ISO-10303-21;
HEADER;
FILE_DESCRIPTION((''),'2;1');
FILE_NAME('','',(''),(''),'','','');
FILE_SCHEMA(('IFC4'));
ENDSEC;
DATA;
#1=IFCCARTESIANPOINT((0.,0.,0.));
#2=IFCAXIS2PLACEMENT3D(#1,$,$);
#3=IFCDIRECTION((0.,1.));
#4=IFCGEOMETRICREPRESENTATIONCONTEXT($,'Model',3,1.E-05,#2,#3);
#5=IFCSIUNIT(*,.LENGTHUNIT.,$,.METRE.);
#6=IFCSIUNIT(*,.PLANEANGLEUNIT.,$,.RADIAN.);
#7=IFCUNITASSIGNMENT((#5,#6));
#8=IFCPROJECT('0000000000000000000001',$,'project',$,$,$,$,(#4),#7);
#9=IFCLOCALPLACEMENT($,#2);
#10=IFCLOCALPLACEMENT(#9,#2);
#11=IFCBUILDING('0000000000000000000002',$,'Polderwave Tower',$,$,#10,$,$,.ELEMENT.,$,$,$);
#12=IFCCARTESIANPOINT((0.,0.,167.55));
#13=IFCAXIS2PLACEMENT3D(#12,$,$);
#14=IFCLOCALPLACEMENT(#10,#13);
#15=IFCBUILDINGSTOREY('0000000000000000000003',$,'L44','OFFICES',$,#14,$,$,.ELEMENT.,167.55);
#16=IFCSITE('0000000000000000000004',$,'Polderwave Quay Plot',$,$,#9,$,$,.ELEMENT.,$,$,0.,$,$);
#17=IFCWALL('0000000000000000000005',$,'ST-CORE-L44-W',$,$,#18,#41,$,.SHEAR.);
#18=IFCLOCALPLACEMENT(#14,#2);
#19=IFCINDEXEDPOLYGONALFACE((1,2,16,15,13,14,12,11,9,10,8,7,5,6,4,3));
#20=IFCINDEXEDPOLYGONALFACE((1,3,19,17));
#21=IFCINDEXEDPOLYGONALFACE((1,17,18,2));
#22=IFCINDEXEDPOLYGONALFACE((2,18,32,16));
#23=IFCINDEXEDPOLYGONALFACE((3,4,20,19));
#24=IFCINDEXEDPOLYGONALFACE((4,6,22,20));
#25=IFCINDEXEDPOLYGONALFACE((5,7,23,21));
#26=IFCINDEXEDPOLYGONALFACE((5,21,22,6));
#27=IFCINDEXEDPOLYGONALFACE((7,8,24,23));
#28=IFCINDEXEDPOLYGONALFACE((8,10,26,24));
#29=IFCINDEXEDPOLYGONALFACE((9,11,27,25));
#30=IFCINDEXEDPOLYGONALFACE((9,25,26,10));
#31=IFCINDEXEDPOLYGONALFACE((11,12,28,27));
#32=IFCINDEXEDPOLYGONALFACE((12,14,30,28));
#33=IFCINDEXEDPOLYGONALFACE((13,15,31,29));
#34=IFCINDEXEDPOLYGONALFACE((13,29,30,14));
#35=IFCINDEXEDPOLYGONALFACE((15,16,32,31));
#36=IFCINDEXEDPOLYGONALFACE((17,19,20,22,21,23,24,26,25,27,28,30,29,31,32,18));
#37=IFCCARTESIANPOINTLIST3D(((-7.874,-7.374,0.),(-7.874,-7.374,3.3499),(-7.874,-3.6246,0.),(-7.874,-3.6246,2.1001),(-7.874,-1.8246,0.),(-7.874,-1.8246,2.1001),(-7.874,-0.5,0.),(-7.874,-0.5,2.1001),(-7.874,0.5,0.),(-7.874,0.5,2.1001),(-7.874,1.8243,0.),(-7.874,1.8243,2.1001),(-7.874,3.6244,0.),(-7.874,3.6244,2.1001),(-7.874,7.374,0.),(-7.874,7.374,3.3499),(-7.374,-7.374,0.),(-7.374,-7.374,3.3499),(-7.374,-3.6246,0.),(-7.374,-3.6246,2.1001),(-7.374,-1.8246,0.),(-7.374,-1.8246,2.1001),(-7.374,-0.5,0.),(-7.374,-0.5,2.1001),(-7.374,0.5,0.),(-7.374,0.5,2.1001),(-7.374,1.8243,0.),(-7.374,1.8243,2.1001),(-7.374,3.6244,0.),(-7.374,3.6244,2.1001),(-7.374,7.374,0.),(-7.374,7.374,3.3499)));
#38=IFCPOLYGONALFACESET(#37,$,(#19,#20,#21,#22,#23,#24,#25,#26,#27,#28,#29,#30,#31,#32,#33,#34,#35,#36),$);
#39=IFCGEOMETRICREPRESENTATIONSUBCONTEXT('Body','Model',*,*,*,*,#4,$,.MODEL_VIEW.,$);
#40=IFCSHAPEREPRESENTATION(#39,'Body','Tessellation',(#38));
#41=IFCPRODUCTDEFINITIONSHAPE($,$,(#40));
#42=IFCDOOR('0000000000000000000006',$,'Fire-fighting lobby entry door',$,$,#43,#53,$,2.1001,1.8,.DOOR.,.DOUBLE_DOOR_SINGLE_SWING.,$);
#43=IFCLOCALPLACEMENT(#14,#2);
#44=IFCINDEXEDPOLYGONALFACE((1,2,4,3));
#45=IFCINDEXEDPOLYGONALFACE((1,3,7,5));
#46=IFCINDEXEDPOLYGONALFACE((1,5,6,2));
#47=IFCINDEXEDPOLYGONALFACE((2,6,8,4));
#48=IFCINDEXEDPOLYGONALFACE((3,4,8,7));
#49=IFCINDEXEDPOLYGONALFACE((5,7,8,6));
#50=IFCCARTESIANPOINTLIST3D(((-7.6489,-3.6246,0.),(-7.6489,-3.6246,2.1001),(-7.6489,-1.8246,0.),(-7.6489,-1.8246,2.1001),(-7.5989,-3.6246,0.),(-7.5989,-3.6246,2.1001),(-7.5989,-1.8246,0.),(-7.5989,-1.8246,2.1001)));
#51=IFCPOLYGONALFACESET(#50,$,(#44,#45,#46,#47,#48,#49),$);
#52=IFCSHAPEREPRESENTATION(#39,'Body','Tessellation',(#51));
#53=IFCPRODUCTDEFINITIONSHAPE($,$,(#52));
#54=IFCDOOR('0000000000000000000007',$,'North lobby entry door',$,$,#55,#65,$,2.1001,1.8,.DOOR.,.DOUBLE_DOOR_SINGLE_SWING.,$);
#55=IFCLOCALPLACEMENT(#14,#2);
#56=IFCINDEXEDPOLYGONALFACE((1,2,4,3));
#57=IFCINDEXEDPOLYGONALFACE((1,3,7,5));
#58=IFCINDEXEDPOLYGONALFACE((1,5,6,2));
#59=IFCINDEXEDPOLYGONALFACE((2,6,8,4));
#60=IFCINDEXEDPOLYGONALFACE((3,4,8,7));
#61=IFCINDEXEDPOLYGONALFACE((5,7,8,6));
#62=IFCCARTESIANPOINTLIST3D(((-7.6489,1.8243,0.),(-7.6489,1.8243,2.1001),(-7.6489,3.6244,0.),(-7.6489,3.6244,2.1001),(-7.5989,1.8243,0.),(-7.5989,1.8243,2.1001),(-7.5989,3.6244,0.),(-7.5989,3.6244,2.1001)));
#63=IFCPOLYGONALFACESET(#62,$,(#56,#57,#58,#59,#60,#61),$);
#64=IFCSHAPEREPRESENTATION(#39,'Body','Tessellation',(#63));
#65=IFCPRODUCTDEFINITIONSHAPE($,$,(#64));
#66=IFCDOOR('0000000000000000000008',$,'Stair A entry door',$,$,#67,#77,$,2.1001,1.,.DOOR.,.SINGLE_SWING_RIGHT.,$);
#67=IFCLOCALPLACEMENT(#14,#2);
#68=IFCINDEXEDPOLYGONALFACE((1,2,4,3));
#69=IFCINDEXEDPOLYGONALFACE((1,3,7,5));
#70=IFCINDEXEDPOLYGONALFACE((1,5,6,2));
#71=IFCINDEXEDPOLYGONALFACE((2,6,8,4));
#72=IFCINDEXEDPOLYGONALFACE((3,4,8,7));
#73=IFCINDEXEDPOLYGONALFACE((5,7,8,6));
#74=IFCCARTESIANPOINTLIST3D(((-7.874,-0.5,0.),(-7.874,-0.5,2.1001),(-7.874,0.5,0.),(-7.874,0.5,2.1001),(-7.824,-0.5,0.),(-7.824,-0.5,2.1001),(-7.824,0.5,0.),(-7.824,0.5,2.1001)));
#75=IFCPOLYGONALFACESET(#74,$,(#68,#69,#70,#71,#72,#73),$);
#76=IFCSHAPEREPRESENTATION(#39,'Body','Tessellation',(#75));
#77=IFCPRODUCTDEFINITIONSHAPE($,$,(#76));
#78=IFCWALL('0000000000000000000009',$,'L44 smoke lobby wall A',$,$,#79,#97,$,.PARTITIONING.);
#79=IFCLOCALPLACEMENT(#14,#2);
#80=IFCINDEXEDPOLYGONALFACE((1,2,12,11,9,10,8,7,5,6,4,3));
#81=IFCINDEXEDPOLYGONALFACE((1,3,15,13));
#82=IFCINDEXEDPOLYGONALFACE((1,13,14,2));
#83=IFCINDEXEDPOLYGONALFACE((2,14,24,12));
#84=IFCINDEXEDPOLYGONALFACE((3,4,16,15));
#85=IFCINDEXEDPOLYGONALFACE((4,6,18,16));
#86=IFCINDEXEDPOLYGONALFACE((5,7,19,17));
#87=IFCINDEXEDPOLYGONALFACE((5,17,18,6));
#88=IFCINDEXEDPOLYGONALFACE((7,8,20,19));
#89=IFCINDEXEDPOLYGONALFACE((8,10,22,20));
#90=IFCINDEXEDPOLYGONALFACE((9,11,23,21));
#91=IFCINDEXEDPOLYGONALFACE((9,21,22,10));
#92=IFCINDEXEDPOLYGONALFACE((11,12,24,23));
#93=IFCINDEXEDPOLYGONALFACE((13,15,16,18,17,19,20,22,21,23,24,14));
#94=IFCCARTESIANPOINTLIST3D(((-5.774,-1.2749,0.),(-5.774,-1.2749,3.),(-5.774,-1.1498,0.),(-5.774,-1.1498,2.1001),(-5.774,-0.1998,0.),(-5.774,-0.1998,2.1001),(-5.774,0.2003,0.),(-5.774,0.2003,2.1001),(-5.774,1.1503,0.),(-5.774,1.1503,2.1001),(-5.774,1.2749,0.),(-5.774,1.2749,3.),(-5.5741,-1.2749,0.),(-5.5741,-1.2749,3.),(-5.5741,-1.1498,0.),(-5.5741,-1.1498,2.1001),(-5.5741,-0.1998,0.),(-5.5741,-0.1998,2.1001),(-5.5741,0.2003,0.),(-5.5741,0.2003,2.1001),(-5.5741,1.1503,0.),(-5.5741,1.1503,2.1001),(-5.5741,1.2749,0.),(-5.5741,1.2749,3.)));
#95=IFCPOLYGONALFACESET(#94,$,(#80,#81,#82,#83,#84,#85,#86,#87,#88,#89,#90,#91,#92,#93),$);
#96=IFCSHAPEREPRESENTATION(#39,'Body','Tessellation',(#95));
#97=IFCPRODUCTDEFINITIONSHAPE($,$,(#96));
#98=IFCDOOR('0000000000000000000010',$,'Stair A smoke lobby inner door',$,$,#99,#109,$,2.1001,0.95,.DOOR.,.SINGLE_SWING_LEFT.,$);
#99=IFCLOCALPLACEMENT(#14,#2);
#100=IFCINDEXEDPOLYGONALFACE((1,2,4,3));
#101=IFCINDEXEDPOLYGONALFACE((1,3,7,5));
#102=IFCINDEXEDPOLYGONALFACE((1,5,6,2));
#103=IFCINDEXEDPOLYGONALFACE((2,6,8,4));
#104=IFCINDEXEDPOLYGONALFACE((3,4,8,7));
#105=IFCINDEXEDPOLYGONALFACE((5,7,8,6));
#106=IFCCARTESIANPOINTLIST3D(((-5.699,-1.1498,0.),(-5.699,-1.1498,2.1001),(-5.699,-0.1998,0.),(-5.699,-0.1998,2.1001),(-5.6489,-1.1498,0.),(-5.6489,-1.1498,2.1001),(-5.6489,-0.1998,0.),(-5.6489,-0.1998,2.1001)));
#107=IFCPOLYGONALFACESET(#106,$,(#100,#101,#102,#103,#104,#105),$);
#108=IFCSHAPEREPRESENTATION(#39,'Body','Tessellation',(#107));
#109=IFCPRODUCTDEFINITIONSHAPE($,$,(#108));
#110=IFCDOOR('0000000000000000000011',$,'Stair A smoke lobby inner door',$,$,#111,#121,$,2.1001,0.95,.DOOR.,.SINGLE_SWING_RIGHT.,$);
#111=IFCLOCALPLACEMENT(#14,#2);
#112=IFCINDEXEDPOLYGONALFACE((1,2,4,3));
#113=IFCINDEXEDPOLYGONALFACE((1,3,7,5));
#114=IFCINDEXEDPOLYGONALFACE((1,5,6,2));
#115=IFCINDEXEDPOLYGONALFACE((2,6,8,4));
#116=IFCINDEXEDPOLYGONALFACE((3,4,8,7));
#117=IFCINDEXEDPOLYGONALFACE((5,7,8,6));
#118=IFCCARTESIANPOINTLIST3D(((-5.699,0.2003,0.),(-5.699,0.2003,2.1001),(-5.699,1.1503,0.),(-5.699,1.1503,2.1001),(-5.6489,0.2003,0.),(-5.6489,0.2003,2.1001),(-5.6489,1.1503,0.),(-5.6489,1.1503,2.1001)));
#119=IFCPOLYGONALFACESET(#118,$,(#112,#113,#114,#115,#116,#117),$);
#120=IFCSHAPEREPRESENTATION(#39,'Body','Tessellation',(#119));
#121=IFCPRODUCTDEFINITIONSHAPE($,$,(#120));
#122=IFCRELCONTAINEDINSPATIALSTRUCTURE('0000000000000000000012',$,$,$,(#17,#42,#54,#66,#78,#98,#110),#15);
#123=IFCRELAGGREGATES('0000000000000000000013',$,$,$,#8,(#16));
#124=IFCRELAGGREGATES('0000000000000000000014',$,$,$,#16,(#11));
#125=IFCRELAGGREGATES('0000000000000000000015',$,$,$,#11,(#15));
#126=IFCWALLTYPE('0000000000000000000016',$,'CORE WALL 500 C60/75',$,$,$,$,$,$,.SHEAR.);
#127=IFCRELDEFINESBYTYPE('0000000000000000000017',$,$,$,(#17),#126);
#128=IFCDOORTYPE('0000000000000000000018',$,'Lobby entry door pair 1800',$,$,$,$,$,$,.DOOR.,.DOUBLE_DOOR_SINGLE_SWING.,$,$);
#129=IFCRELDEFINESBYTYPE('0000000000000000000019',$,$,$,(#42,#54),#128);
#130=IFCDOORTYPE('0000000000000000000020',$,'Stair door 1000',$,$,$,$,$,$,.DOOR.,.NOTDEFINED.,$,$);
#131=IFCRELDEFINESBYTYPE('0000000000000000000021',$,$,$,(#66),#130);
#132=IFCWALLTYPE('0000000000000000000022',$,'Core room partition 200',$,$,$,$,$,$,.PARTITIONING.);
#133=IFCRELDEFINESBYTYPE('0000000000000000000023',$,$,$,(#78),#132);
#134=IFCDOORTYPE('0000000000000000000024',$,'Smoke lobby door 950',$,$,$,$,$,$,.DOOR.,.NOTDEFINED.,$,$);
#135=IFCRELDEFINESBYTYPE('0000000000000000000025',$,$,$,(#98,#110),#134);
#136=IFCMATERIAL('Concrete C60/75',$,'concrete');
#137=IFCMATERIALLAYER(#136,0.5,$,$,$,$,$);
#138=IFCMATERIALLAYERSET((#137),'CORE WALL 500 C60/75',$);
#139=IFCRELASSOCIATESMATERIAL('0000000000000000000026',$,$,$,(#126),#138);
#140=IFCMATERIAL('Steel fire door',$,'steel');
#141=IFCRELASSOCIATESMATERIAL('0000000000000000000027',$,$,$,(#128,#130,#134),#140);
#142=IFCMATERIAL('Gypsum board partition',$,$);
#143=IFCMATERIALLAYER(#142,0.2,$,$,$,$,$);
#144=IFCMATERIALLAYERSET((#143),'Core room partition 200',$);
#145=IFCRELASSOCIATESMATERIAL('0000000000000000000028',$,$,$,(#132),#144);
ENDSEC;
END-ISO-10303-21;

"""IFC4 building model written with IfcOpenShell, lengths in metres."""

from ifc_helpers import new_model, si_unit, direction, frame, frame_2d, origin, place, context, subcontext, project, spatial, rectangle, extrude, material, layer, layer_set, type_object, element, fill, save


model = new_model("IFC4")

# Units and contexts
model_context = context("Model", 3, precision=1e-05, world=origin(), true_north=direction((0.0, 1.0)))
body_context = subcontext(model_context, "Body", "Model", "MODEL_VIEW")
ifc_project = project(units=[si_unit("LENGTHUNIT", "METRE"), si_unit("PLANEANGLEUNIT", "RADIAN")], contexts=[model_context])

# Site, building, storey
site_placement = place(None, origin())
site = spatial("IfcSite", under=ifc_project, at=site_placement, Name="Polderwave Quay Plot", CompositionType="ELEMENT", RefElevation=0.0)
building_placement = place(site_placement, origin())
building = spatial("IfcBuilding", under=site, at=building_placement, Name="Polderwave Tower", CompositionType="ELEMENT")
storey_placement = place(building_placement, frame((0.0, 0.0, 167.55)))
storey = spatial("IfcBuildingStorey", under=building, at=storey_placement, Name="L44", Description="OFFICES", CompositionType="ELEMENT", Elevation=167.55)

# Walls, openings, doors
ifc_material_1 = material(Name="Concrete C60/75", Category="concrete")
ifc_layer_1 = layer(ifc_material_1, 0.5)
ifc_layer_set_1 = layer_set([ifc_layer_1], Name="CORE WALL 500 C60/75")
wall_type_1 = type_object("IfcWallType", Name="CORE WALL 500 C60/75", PredefinedType="SHEAR", material=ifc_layer_set_1)
wall_1_placement = place(storey_placement, frame((-7.624, -7.374, 0.0), z_axis=(0.0, 0.0, 1.0), x_axis=(0.0, 1.0, 0.0)))
wall_1 = element("IfcWall", 1, at=wall_1_placement, inside=storey, type_object=wall_type_1, Name="ST-CORE-L44-W", PredefinedType="SHEAR", context=body_context, shape_type="SweptSolid", body=[
    extrude(rectangle(XDim=14.748, YDim=0.5, at=frame_2d((7.374, 0.0))), origin(), (0.0, 0.0, 1.0), 3.3499),
])
opening_1_placement = place(wall_1_placement, frame((6.874, 0.0, 0.0)))
opening_1 = element("IfcOpeningElement", 2, at=opening_1_placement, cuts=wall_1, PredefinedType="OPENING", context=body_context, shape_type="SweptSolid", body=[
    extrude(rectangle(XDim=1.0, YDim=2.1001, at=frame_2d((0.5, 1.05))), frame((0.0, 0.26, 0.0), z_axis=(0.0, -1.0, 0.0), x_axis=(1.0, 0.0, 0.0)), (0.0, 0.0, 1.0), 0.52),
])
opening_2_placement = place(wall_1_placement, frame((3.7495, 0.0, 0.0)))
opening_2 = element("IfcOpeningElement", 3, at=opening_2_placement, cuts=wall_1, PredefinedType="OPENING", context=body_context, shape_type="SweptSolid", body=[
    extrude(rectangle(XDim=1.8, YDim=2.1001, at=frame_2d((0.8999, 1.05))), frame((0.0, 0.26, 0.0), z_axis=(0.0, -1.0, 0.0), x_axis=(1.0, 0.0, 0.0)), (0.0, 0.0, 1.0), 0.52),
])
opening_3_placement = place(wall_1_placement, frame((9.1985, 0.0, 0.0)))
opening_3 = element("IfcOpeningElement", 4, at=opening_3_placement, cuts=wall_1, PredefinedType="OPENING", context=body_context, shape_type="SweptSolid", body=[
    extrude(rectangle(XDim=1.8, YDim=2.1001, at=frame_2d((0.8999, 1.05))), frame((0.0, 0.26, 0.0), z_axis=(0.0, -1.0, 0.0), x_axis=(1.0, 0.0, 0.0)), (0.0, 0.0, 1.0), 0.52),
])
ifc_material_2 = material(Name="Steel fire door", Category="steel")
door_type_1 = type_object("IfcDoorType", Name="Lobby entry door pair 1800", OperationType="DOUBLE_DOOR_SINGLE_SWING", PredefinedType="DOOR", material=ifc_material_2)
door_1_placement = place(opening_2_placement, origin())
door_1 = element("IfcDoor", 5, at=door_1_placement, inside=storey, type_object=door_type_1, Name="Fire-fighting lobby entry door", OperationType="DOUBLE_DOOR_SINGLE_SWING", OverallHeight=2.1001, OverallWidth=1.8, PredefinedType="DOOR", context=body_context, shape_type="SweptSolid", body=[
    extrude(rectangle(XDim=1.8, YDim=2.1001, at=frame_2d((0.8999, 1.05))), frame((0.0, 0.0249, 0.0), z_axis=(0.0, -1.0, 0.0), x_axis=(1.0, 0.0, 0.0)), (0.0, 0.0, 1.0), 0.05),
])
fill(opening_2, door_1)
door_2_placement = place(opening_3_placement, origin())
door_2 = element("IfcDoor", 6, at=door_2_placement, inside=storey, type_object=door_type_1, Name="North lobby entry door", OperationType="DOUBLE_DOOR_SINGLE_SWING", OverallHeight=2.1001, OverallWidth=1.8, PredefinedType="DOOR", context=body_context, shape_type="SweptSolid", body=[
    extrude(rectangle(XDim=1.8, YDim=2.1001, at=frame_2d((0.8999, 1.05))), frame((0.0, 0.0249, 0.0), z_axis=(0.0, -1.0, 0.0), x_axis=(1.0, 0.0, 0.0)), (0.0, 0.0, 1.0), 0.05),
])
fill(opening_3, door_2)
door_type_2 = type_object("IfcDoorType", Name="Stair door 1000", OperationType="NOTDEFINED", PredefinedType="DOOR", material=ifc_material_2)
door_3_placement = place(opening_1_placement, origin())
door_3 = element("IfcDoor", 7, at=door_3_placement, inside=storey, type_object=door_type_2, Name="Stair A entry door", OperationType="SINGLE_SWING_RIGHT", OverallHeight=2.1001, OverallWidth=1.0, PredefinedType="DOOR", context=body_context, shape_type="SweptSolid", body=[
    extrude(rectangle(XDim=1.0, YDim=2.1001, at=frame_2d((0.5, 1.05))), frame((0.0, 0.25, 0.0), z_axis=(0.0, -1.0, 0.0), x_axis=(1.0, 0.0, 0.0)), (0.0, 0.0, 1.0), 0.05),
])
fill(opening_1, door_3)
ifc_material_3 = material(Name="Gypsum board partition")
ifc_layer_2 = layer(ifc_material_3, 0.2)
ifc_layer_set_2 = layer_set([ifc_layer_2], Name="Core room partition 200")
wall_type_2 = type_object("IfcWallType", Name="Core room partition 200", PredefinedType="PARTITIONING", material=ifc_layer_set_2)
wall_2_placement = place(storey_placement, frame((-5.6741, -1.2749, 0.0), z_axis=(0.0, 0.0, 1.0), x_axis=(0.0, 1.0, 0.0)))
wall_2 = element("IfcWall", 8, at=wall_2_placement, inside=storey, type_object=wall_type_2, Name="L44 smoke lobby wall A", PredefinedType="PARTITIONING", context=body_context, shape_type="SweptSolid", body=[
    extrude(rectangle(XDim=2.5498, YDim=0.2, at=frame_2d((1.2749, 0.0))), origin(), (0.0, 0.0, 1.0), 3.0),
])
opening_4_placement = place(wall_2_placement, frame((0.125, 0.0, 0.0)))
opening_4 = element("IfcOpeningElement", 9, at=opening_4_placement, cuts=wall_2, PredefinedType="OPENING", context=body_context, shape_type="SweptSolid", body=[
    extrude(rectangle(XDim=0.95, YDim=2.1001, at=frame_2d((0.4751, 1.05))), frame((0.0, 0.1099, 0.0), z_axis=(0.0, -1.0, 0.0), x_axis=(1.0, 0.0, 0.0)), (0.0, 0.0, 1.0), 0.22),
])
opening_5_placement = place(wall_2_placement, frame((1.4751, 0.0, 0.0)))
opening_5 = element("IfcOpeningElement", 10, at=opening_5_placement, cuts=wall_2, PredefinedType="OPENING", context=body_context, shape_type="SweptSolid", body=[
    extrude(rectangle(XDim=0.95, YDim=2.1001, at=frame_2d((0.4751, 1.05))), frame((0.0, 0.1099, 0.0), z_axis=(0.0, -1.0, 0.0), x_axis=(1.0, 0.0, 0.0)), (0.0, 0.0, 1.0), 0.22),
])
door_type_3 = type_object("IfcDoorType", Name="Smoke lobby door 950", OperationType="NOTDEFINED", PredefinedType="DOOR", material=ifc_material_2)
door_4_placement = place(opening_4_placement, origin())
door_4 = element("IfcDoor", 11, at=door_4_placement, inside=storey, type_object=door_type_3, Name="Stair A smoke lobby inner door", OperationType="SINGLE_SWING_LEFT", OverallHeight=2.1001, OverallWidth=0.95, PredefinedType="DOOR", context=body_context, shape_type="SweptSolid", body=[
    extrude(rectangle(XDim=0.95, YDim=2.1001, at=frame_2d((0.4751, 1.05))), frame((0.0, 0.0249, 0.0), z_axis=(0.0, -1.0, 0.0), x_axis=(1.0, 0.0, 0.0)), (0.0, 0.0, 1.0), 0.05),
])
fill(opening_4, door_4)
door_5_placement = place(opening_5_placement, origin())
door_5 = element("IfcDoor", 12, at=door_5_placement, inside=storey, type_object=door_type_3, Name="Stair A smoke lobby inner door", OperationType="SINGLE_SWING_RIGHT", OverallHeight=2.1001, OverallWidth=0.95, PredefinedType="DOOR", context=body_context, shape_type="SweptSolid", body=[
    extrude(rectangle(XDim=0.95, YDim=2.1001, at=frame_2d((0.4751, 1.05))), frame((0.0, 0.0249, 0.0), z_axis=(0.0, -1.0, 0.0), x_axis=(1.0, 0.0, 0.0)), (0.0, 0.0, 1.0), 0.05),
])
fill(opening_5, door_5)

save(model, "model.ifc")
